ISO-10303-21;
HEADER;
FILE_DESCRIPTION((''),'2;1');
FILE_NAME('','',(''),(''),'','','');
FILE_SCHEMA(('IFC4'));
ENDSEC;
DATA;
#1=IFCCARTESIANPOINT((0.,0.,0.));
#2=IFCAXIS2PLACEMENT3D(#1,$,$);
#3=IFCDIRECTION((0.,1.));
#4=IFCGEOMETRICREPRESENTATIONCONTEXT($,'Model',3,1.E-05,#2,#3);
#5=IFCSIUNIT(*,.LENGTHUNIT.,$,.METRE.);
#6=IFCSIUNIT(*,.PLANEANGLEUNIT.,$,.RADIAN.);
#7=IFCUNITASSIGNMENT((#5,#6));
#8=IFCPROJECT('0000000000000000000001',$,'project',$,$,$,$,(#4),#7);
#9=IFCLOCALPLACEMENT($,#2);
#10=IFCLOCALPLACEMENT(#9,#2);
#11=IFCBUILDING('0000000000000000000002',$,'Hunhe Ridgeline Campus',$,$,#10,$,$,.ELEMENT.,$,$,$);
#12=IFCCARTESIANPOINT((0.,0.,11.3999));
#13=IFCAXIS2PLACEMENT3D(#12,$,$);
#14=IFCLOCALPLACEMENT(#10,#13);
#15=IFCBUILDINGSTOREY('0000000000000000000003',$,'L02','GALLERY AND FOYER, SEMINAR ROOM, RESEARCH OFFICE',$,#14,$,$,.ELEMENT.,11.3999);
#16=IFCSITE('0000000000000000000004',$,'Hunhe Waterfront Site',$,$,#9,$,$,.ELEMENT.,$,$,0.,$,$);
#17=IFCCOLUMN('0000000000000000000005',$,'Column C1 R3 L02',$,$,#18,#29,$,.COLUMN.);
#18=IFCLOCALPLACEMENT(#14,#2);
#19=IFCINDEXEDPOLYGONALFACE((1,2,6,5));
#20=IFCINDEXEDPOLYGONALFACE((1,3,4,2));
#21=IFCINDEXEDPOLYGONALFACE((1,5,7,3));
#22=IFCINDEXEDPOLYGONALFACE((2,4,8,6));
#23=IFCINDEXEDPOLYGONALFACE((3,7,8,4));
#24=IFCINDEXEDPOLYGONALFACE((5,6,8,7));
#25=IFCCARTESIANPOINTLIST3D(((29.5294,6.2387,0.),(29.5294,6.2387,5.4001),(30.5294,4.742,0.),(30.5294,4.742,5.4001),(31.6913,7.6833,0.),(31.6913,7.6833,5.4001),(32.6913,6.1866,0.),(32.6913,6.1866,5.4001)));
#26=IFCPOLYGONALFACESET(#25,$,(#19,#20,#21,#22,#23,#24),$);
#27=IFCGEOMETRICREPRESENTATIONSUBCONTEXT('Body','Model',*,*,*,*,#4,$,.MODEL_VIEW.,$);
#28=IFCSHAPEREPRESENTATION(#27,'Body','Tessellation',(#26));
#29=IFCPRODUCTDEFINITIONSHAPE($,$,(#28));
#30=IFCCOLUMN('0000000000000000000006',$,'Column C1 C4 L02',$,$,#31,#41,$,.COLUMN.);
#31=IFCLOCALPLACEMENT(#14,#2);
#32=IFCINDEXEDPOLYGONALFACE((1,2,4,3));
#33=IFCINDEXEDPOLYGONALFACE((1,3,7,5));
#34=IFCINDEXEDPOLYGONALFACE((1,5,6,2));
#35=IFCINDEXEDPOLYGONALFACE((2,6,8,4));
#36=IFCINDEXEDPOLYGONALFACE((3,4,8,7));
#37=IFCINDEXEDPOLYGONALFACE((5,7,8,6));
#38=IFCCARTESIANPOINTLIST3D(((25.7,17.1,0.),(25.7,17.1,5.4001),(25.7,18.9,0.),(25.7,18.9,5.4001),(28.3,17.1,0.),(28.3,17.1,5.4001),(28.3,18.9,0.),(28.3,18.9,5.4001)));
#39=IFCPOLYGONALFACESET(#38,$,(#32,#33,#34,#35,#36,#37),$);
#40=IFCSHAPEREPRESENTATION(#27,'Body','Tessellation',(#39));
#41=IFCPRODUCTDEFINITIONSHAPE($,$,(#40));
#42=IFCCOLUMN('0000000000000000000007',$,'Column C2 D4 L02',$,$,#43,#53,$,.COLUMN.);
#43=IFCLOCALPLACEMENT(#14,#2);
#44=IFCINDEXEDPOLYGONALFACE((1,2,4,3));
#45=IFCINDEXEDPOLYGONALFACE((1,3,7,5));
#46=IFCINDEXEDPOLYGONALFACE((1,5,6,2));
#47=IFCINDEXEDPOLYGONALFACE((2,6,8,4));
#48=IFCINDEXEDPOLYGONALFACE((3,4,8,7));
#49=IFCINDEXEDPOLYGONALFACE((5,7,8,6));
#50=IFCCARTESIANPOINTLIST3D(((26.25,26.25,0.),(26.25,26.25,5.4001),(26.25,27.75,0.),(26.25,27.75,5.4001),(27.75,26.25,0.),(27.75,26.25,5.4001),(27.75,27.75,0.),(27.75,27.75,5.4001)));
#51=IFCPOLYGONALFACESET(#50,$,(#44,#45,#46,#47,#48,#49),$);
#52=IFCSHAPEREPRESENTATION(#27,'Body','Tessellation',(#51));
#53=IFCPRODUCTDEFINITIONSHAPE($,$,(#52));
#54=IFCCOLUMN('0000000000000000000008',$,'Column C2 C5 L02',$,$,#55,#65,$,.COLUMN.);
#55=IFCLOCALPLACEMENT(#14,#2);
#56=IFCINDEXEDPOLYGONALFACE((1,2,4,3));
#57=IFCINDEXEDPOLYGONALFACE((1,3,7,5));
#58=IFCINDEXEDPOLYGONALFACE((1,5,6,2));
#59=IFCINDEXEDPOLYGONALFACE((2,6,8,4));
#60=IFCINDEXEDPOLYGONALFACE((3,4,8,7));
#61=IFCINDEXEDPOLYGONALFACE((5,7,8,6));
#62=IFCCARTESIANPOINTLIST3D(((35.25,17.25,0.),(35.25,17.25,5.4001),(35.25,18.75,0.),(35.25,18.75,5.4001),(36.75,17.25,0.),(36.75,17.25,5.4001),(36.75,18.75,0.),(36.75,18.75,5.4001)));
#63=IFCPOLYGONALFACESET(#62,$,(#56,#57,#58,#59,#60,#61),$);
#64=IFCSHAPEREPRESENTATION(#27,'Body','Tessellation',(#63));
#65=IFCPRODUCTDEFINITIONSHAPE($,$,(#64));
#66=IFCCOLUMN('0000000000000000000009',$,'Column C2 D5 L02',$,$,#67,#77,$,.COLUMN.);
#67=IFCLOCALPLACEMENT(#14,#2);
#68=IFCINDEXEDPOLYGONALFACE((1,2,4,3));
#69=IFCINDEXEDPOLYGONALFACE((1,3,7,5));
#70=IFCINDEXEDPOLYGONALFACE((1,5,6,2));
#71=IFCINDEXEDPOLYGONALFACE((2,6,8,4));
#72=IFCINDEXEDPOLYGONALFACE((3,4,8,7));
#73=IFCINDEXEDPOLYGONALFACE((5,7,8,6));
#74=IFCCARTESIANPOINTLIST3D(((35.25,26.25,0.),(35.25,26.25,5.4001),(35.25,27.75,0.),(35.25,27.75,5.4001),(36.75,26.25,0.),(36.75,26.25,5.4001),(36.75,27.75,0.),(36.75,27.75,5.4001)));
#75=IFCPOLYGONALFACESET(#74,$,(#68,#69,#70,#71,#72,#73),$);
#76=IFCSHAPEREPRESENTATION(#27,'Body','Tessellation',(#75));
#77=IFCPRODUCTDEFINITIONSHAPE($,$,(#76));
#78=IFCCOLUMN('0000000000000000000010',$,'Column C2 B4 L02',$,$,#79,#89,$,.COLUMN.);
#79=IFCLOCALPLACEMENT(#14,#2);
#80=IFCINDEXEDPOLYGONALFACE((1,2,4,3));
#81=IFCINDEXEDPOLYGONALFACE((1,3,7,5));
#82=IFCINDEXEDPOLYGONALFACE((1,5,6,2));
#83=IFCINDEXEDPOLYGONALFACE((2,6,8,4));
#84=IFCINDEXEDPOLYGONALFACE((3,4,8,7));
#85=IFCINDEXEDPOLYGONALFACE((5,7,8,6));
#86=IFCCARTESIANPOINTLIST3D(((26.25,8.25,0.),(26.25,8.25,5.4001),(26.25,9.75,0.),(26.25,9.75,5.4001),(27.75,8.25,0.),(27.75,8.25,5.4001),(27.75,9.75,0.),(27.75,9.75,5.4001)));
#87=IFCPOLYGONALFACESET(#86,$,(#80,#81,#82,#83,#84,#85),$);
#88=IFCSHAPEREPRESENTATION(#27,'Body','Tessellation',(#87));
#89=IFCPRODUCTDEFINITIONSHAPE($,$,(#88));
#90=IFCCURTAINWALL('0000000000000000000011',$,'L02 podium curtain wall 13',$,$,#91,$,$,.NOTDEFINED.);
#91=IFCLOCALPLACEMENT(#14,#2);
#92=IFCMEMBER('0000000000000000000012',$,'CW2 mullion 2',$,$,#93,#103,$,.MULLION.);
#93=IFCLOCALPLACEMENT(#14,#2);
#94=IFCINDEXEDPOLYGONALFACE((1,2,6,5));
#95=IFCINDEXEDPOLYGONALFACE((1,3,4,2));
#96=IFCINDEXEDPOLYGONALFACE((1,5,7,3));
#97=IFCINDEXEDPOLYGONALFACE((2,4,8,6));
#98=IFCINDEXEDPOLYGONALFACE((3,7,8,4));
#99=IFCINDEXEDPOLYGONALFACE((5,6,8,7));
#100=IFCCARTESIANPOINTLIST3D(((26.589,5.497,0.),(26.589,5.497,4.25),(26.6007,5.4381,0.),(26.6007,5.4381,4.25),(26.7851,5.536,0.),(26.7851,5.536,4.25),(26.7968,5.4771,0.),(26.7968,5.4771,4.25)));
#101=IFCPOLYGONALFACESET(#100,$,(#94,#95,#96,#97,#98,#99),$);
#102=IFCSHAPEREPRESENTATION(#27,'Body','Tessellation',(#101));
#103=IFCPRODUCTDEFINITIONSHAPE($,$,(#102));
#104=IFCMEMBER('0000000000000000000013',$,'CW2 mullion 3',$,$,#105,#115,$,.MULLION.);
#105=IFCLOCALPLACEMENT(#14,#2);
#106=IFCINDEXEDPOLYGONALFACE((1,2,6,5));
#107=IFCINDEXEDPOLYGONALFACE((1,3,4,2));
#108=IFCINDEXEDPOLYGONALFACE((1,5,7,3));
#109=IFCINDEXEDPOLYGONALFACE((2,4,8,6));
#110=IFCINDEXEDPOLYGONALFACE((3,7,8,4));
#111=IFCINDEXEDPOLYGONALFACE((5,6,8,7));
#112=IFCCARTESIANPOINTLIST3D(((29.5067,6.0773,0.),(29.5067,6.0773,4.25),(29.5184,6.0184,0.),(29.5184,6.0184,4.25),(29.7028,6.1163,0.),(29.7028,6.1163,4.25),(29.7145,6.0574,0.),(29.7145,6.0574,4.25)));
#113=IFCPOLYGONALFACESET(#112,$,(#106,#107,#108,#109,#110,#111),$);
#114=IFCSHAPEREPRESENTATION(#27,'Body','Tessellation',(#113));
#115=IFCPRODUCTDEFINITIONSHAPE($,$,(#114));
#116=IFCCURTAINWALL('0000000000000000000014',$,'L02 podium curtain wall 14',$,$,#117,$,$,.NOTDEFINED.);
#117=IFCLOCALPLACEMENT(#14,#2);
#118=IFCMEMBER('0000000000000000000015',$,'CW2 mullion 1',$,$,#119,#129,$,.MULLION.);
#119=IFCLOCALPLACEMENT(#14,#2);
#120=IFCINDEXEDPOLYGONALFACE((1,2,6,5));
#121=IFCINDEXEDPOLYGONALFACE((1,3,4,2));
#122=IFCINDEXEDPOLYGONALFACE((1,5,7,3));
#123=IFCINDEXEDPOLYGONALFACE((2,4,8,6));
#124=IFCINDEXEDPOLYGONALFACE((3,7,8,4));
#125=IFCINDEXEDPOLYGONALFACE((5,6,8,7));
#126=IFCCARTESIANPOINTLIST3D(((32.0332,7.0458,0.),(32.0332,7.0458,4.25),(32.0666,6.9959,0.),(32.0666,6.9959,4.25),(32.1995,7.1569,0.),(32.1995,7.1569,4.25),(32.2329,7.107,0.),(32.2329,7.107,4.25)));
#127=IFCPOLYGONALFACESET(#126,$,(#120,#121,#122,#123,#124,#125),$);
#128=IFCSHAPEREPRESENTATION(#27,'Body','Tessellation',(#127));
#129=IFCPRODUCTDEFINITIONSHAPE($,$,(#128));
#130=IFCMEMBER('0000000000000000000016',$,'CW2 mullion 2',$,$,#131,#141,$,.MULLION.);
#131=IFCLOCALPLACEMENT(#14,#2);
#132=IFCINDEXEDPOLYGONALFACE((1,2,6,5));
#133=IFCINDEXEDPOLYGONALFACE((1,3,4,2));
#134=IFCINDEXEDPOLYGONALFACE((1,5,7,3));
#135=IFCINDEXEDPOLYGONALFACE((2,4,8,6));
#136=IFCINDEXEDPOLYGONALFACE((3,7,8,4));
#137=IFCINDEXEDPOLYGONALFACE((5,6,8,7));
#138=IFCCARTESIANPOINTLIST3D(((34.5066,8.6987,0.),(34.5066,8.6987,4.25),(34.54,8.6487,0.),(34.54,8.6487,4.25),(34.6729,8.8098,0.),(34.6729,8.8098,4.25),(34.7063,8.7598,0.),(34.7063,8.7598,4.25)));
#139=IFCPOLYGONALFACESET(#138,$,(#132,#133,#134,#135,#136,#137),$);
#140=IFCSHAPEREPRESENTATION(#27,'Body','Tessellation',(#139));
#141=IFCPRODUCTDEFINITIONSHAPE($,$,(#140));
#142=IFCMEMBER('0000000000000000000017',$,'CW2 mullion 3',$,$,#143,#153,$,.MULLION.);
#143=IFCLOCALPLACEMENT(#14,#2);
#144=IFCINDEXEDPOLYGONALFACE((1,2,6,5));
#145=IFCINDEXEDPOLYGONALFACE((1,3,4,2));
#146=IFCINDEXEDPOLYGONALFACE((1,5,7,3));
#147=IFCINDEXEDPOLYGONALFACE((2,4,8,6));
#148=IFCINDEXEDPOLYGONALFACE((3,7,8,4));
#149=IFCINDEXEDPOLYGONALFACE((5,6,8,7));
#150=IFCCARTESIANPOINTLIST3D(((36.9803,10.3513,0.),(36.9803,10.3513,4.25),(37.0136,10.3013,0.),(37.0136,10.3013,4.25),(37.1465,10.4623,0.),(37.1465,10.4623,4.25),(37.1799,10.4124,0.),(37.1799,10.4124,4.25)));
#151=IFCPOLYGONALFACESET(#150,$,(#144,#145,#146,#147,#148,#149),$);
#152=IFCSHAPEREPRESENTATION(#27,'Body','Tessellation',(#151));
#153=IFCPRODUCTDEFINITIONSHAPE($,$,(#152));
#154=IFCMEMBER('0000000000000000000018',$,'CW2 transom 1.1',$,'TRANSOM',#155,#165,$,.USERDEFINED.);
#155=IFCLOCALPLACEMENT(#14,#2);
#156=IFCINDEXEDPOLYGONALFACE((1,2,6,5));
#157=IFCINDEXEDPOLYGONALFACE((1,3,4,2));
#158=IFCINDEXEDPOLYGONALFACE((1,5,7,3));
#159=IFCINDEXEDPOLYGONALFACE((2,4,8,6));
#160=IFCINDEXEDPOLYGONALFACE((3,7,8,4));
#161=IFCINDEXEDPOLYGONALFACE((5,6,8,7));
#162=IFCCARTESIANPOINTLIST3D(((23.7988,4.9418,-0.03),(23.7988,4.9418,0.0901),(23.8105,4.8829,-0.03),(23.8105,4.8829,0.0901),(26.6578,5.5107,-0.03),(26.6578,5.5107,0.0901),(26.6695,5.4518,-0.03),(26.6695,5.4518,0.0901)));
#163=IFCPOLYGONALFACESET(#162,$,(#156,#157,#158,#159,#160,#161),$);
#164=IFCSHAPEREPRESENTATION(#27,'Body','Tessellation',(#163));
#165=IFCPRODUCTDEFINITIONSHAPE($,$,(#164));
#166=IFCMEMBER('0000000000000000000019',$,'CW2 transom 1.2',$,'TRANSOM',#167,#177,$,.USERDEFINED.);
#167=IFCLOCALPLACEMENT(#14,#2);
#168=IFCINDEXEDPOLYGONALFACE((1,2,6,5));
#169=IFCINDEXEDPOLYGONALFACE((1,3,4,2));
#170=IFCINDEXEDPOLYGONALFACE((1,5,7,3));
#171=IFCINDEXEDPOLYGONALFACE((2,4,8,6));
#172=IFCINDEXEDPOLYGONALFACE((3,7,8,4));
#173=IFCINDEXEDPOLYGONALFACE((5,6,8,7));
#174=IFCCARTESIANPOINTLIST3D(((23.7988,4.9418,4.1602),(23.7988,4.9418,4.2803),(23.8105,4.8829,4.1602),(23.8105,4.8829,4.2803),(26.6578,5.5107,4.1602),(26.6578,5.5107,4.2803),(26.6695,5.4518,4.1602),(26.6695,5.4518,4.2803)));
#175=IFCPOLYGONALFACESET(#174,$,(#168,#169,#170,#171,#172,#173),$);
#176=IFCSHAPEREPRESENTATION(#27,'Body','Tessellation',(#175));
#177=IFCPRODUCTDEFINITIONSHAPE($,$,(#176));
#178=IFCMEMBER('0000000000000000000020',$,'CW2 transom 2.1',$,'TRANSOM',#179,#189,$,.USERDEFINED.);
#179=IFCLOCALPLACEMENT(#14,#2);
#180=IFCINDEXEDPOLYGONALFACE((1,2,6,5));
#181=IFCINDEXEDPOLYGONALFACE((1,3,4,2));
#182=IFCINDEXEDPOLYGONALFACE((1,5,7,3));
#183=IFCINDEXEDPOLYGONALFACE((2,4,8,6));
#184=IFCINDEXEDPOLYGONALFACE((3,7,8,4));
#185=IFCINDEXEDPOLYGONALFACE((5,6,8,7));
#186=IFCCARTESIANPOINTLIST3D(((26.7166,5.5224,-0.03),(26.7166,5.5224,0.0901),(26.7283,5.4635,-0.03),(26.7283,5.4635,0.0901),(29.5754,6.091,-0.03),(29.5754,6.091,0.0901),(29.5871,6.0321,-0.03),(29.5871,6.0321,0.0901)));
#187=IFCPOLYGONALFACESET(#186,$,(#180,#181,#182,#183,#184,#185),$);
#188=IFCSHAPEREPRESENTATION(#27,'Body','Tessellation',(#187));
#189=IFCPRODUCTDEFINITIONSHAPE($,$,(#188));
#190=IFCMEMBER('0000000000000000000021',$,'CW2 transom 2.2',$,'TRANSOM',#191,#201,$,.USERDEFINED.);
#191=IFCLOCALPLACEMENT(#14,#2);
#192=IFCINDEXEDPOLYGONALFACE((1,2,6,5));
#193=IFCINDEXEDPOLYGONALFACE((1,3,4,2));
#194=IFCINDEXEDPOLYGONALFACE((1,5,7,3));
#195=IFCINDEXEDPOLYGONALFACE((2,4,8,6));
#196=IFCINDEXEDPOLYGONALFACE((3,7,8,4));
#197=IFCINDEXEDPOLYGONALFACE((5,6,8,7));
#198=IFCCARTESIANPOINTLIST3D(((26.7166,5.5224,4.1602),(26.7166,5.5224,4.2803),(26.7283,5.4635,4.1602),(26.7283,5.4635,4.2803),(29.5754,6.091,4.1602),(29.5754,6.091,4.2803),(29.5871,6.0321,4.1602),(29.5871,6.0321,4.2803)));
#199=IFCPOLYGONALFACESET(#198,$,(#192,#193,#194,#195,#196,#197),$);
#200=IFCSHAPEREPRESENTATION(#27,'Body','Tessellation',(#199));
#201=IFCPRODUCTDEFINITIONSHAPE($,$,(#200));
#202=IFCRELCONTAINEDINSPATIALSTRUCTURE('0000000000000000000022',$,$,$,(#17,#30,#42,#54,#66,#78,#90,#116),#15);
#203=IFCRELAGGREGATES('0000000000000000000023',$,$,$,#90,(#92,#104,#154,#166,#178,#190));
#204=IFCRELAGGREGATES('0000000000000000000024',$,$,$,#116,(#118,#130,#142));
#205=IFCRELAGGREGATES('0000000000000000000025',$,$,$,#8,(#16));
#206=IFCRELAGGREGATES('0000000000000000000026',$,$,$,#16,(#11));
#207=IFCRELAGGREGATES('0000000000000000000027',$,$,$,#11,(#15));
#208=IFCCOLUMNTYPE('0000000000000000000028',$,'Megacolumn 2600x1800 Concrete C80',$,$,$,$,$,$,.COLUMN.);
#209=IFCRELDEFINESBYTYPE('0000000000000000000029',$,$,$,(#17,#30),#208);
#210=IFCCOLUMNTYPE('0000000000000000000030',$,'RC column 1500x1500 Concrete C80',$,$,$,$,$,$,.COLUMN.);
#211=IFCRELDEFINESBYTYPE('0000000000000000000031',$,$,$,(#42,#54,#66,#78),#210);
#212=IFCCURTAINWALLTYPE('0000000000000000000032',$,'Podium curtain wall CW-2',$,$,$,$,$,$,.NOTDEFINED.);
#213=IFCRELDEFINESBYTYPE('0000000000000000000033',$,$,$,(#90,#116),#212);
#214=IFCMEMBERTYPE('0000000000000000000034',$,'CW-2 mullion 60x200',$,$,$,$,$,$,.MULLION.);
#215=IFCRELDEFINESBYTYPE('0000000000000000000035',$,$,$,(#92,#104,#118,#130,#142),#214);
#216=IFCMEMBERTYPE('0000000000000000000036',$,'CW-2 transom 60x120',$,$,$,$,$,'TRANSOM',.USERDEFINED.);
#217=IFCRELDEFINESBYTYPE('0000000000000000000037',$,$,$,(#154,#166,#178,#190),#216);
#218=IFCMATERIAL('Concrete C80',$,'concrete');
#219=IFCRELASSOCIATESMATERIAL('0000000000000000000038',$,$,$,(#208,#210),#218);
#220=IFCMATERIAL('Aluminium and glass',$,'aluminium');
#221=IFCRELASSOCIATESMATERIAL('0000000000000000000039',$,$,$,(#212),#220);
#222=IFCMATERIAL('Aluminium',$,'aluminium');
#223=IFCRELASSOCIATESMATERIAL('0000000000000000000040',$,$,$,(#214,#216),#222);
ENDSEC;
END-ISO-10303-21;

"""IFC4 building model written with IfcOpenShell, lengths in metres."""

from ifc_helpers import new_model, si_unit, direction, frame, origin, origin_2d, place, context, subcontext, project, spatial, rectangle, extrude, material, material_profile, profile_set, type_object, element, aggregate, save


model = new_model("IFC4")

# Units and contexts
model_context = context("Model", 3, precision=1e-05, world=origin(), true_north=direction((0.0, 1.0)))
body_context = subcontext(model_context, "Body", "Model", "MODEL_VIEW")
ifc_project = project(units=[si_unit("LENGTHUNIT", "METRE"), si_unit("PLANEANGLEUNIT", "RADIAN")], contexts=[model_context])

# Site, building, storey
site_placement = place(None, origin())
site = spatial("IfcSite", under=ifc_project, at=site_placement, Name="Hunhe Waterfront Site", CompositionType="ELEMENT", RefElevation=0.0)
building_placement = place(site_placement, origin())
building = spatial("IfcBuilding", under=site, at=building_placement, Name="Hunhe Ridgeline Campus", CompositionType="ELEMENT")
storey_placement = place(building_placement, frame((0.0, 0.0, 11.3999)))
storey = spatial("IfcBuildingStorey", under=building, at=storey_placement, Name="L02", Description="GALLERY AND FOYER, SEMINAR ROOM, RESEARCH OFFICE", CompositionType="ELEMENT", Elevation=11.3999)

# Columns
ifc_material_1 = material(Name="Concrete C80", Category="concrete")
ifc_material_profile_1 = material_profile(ifc_material_1, rectangle(XDim=2.6001, YDim=1.8, at=origin_2d()))
ifc_profile_set_1 = profile_set([ifc_material_profile_1], Name="Concrete C80")
column_type_1 = type_object("IfcColumnType", Name="Megacolumn 2600x1800 Concrete C80", PredefinedType="COLUMN", material=ifc_profile_set_1)
for number, where, z_axis, x_axis, name in (
    (1, (31.1104, 6.2126, 0.0), (0.0, 0.0, 1.0), (0.83147, 0.55557, 0.0), "Column C1 R3 L02"),
    (2, (27.0, 18.0, 0.0), (0.0, 0.0, 1.0), (1.0, 0.0, 0.0), "Column C1 C4 L02"),
):
    element("IfcColumn", number, at=place(storey_placement, frame(where, z_axis=z_axis, x_axis=x_axis)), inside=storey, type_object=column_type_1, Name=name, PredefinedType="COLUMN", context=body_context, shape_type="SweptSolid", body=[
        extrude(rectangle(XDim=2.6001, YDim=1.8, at=origin_2d()), origin(), (0.0, 0.0, 1.0), 5.4001),
    ])
ifc_material_profile_2 = material_profile(ifc_material_1, rectangle(XDim=1.5, YDim=1.5, at=origin_2d()))
ifc_profile_set_2 = profile_set([ifc_material_profile_2], Name="Concrete C80")
column_type_2 = type_object("IfcColumnType", Name="RC column 1500x1500 Concrete C80", PredefinedType="COLUMN", material=ifc_profile_set_2)
for number, where, z_axis, x_axis, name in (
    (3, (27.0, 27.0, 0.0), (0.0, 0.0, 1.0), (1.0, 0.0, 0.0), "Column C2 D4 L02"),
    (4, (36.0, 18.0, 0.0), (0.0, 0.0, 1.0), (1.0, 0.0, 0.0), "Column C2 C5 L02"),
    (5, (36.0, 27.0, 0.0), (0.0, 0.0, 1.0), (1.0, 0.0, 0.0), "Column C2 D5 L02"),
    (6, (27.0, 9.0, 0.0), (0.0, 0.0, 1.0), (1.0, 0.0, 0.0), "Column C2 B4 L02"),
):
    element("IfcColumn", number, at=place(storey_placement, frame(where, z_axis=z_axis, x_axis=x_axis)), inside=storey, type_object=column_type_2, Name=name, PredefinedType="COLUMN", context=body_context, shape_type="SweptSolid", body=[
        extrude(rectangle(XDim=1.5, YDim=1.5, at=origin_2d()), origin(), (0.0, 0.0, 1.0), 5.4001),
    ])

# Curtain walls, members
ifc_material_2 = material(Name="Aluminium and glass", Category="aluminium")
curtain_wall_type = type_object("IfcCurtainWallType", Name="Podium curtain wall CW-2", PredefinedType="NOTDEFINED", material=ifc_material_2)
curtain_wall_1_placement = place(storey_placement, origin())
curtain_wall_1 = element("IfcCurtainWall", 7, at=curtain_wall_1_placement, inside=storey, type_object=curtain_wall_type, Name="L02 podium curtain wall 13", PredefinedType="NOTDEFINED")
ifc_material_3 = material(Name="Aluminium", Category="aluminium")
ifc_material_profile_3 = material_profile(ifc_material_3, rectangle(XDim=0.0601, YDim=0.2, at=origin_2d()))
ifc_profile_set_3 = profile_set([ifc_material_profile_3], Name="Aluminium")
member_type_1 = type_object("IfcMemberType", Name="CW-2 mullion 60x200", PredefinedType="MULLION", material=ifc_profile_set_3)
member_1_placement = place(storey_placement, frame((26.6929, 5.4871, 0.0), z_axis=(0.0, 0.0, 1.0), x_axis=(-0.195098, 0.980784, 0.0)))
member_1 = element("IfcMember", 8, at=member_1_placement, type_object=member_type_1, Name="CW2 mullion 2", PredefinedType="MULLION", context=body_context, shape_type="SweptSolid", body=[
    extrude(rectangle(XDim=0.0601, YDim=0.2, at=origin_2d()), origin(), (0.0, 0.0, 1.0), 4.25),
])
member_2_placement = place(storey_placement, frame((29.6106, 6.0674, 0.0), z_axis=(0.0, 0.0, 1.0), x_axis=(-0.195098, 0.980784, 0.0)))
member_2 = element("IfcMember", 9, at=member_2_placement, type_object=member_type_1, Name="CW2 mullion 3", PredefinedType="MULLION", context=body_context, shape_type="SweptSolid", body=[
    extrude(rectangle(XDim=0.0601, YDim=0.2, at=origin_2d()), origin(), (0.0, 0.0, 1.0), 4.25),
])
curtain_wall_2_placement = place(storey_placement, origin())
curtain_wall_2 = element("IfcCurtainWall", 10, at=curtain_wall_2_placement, inside=storey, type_object=curtain_wall_type, Name="L02 podium curtain wall 14", PredefinedType="NOTDEFINED")
member_3_placement = place(storey_placement, frame((32.1331, 7.0764, 0.0), z_axis=(0.0, 0.0, 1.0), x_axis=(-0.555579, 0.831464, 0.0)))
member_3 = element("IfcMember", 11, at=member_3_placement, type_object=member_type_1, Name="CW2 mullion 1", PredefinedType="MULLION", context=body_context, shape_type="SweptSolid", body=[
    extrude(rectangle(XDim=0.0601, YDim=0.2, at=origin_2d()), origin(), (0.0, 0.0, 1.0), 4.25),
])
member_4_placement = place(storey_placement, frame((34.6064, 8.7292, 0.0), z_axis=(0.0, 0.0, 1.0), x_axis=(-0.555579, 0.831464, 0.0)))
member_4 = element("IfcMember", 12, at=member_4_placement, type_object=member_type_1, Name="CW2 mullion 2", PredefinedType="MULLION", context=body_context, shape_type="SweptSolid", body=[
    extrude(rectangle(XDim=0.0601, YDim=0.2, at=origin_2d()), origin(), (0.0, 0.0, 1.0), 4.25),
])
member_5_placement = place(storey_placement, frame((37.0801, 10.3818, 0.0), z_axis=(0.0, 0.0, 1.0), x_axis=(-0.555579, 0.831464, 0.0)))
member_5 = element("IfcMember", 13, at=member_5_placement, type_object=member_type_1, Name="CW2 mullion 3", PredefinedType="MULLION", context=body_context, shape_type="SweptSolid", body=[
    extrude(rectangle(XDim=0.0601, YDim=0.2, at=origin_2d()), origin(), (0.0, 0.0, 1.0), 4.25),
])

# Members
ifc_material_profile_4 = material_profile(ifc_material_3, rectangle(XDim=0.0601, YDim=0.1201, at=origin_2d()))
ifc_profile_set_4 = profile_set([ifc_material_profile_4], Name="Aluminium")
member_type_2 = type_object("IfcMemberType", Name="CW-2 transom 60x120", ElementType="TRANSOM", PredefinedType="USERDEFINED", material=ifc_profile_set_4)
member_6_placement = place(storey_placement, frame((23.8047, 4.9124, 0.03), z_axis=(0.980773, 0.19515, 0.0), x_axis=(-0.19515, 0.980773, 0.0)))
member_6 = element("IfcMember", 14, at=member_6_placement, type_object=member_type_2, Name="CW2 transom 1.1", ObjectType="TRANSOM", PredefinedType="USERDEFINED", context=body_context, shape_type="SweptSolid", body=[
    extrude(rectangle(XDim=0.0601, YDim=0.1201, at=origin_2d()), origin(), (0.0, 0.0, 1.0), 2.915),
])
member_7_placement = place(storey_placement, frame((23.8047, 4.9124, 4.2202), z_axis=(0.980773, 0.19515, 0.0), x_axis=(-0.19515, 0.980773, 0.0)))
member_7 = element("IfcMember", 15, at=member_7_placement, type_object=member_type_2, Name="CW2 transom 1.2", ObjectType="TRANSOM", PredefinedType="USERDEFINED", context=body_context, shape_type="SweptSolid", body=[
    extrude(rectangle(XDim=0.0601, YDim=0.1201, at=origin_2d()), origin(), (0.0, 0.0, 1.0), 2.915),
])
member_8_placement = place(storey_placement, frame((26.7224, 5.4929, 0.03), z_axis=(0.98079, 0.195069, 0.0), x_axis=(-0.195069, 0.98079, 0.0)))
member_8 = element("IfcMember", 16, at=member_8_placement, type_object=member_type_2, Name="CW2 transom 2.1", ObjectType="TRANSOM", PredefinedType="USERDEFINED", context=body_context, shape_type="SweptSolid", body=[
    extrude(rectangle(XDim=0.0601, YDim=0.1201, at=origin_2d()), origin(), (0.0, 0.0, 1.0), 2.9148),
])
member_9_placement = place(storey_placement, frame((26.7224, 5.4929, 4.2202), z_axis=(0.98079, 0.195069, 0.0), x_axis=(-0.195069, 0.98079, 0.0)))
member_9 = element("IfcMember", 17, at=member_9_placement, type_object=member_type_2, Name="CW2 transom 2.2", ObjectType="TRANSOM", PredefinedType="USERDEFINED", context=body_context, shape_type="SweptSolid", body=[
    extrude(rectangle(XDim=0.0601, YDim=0.1201, at=origin_2d()), origin(), (0.0, 0.0, 1.0), 2.9148),
])

aggregate(curtain_wall_1, [member_1, member_2, member_6, member_7, member_8, member_9])
aggregate(curtain_wall_2, [member_3, member_4, member_5])

save(model, "model.ifc")
